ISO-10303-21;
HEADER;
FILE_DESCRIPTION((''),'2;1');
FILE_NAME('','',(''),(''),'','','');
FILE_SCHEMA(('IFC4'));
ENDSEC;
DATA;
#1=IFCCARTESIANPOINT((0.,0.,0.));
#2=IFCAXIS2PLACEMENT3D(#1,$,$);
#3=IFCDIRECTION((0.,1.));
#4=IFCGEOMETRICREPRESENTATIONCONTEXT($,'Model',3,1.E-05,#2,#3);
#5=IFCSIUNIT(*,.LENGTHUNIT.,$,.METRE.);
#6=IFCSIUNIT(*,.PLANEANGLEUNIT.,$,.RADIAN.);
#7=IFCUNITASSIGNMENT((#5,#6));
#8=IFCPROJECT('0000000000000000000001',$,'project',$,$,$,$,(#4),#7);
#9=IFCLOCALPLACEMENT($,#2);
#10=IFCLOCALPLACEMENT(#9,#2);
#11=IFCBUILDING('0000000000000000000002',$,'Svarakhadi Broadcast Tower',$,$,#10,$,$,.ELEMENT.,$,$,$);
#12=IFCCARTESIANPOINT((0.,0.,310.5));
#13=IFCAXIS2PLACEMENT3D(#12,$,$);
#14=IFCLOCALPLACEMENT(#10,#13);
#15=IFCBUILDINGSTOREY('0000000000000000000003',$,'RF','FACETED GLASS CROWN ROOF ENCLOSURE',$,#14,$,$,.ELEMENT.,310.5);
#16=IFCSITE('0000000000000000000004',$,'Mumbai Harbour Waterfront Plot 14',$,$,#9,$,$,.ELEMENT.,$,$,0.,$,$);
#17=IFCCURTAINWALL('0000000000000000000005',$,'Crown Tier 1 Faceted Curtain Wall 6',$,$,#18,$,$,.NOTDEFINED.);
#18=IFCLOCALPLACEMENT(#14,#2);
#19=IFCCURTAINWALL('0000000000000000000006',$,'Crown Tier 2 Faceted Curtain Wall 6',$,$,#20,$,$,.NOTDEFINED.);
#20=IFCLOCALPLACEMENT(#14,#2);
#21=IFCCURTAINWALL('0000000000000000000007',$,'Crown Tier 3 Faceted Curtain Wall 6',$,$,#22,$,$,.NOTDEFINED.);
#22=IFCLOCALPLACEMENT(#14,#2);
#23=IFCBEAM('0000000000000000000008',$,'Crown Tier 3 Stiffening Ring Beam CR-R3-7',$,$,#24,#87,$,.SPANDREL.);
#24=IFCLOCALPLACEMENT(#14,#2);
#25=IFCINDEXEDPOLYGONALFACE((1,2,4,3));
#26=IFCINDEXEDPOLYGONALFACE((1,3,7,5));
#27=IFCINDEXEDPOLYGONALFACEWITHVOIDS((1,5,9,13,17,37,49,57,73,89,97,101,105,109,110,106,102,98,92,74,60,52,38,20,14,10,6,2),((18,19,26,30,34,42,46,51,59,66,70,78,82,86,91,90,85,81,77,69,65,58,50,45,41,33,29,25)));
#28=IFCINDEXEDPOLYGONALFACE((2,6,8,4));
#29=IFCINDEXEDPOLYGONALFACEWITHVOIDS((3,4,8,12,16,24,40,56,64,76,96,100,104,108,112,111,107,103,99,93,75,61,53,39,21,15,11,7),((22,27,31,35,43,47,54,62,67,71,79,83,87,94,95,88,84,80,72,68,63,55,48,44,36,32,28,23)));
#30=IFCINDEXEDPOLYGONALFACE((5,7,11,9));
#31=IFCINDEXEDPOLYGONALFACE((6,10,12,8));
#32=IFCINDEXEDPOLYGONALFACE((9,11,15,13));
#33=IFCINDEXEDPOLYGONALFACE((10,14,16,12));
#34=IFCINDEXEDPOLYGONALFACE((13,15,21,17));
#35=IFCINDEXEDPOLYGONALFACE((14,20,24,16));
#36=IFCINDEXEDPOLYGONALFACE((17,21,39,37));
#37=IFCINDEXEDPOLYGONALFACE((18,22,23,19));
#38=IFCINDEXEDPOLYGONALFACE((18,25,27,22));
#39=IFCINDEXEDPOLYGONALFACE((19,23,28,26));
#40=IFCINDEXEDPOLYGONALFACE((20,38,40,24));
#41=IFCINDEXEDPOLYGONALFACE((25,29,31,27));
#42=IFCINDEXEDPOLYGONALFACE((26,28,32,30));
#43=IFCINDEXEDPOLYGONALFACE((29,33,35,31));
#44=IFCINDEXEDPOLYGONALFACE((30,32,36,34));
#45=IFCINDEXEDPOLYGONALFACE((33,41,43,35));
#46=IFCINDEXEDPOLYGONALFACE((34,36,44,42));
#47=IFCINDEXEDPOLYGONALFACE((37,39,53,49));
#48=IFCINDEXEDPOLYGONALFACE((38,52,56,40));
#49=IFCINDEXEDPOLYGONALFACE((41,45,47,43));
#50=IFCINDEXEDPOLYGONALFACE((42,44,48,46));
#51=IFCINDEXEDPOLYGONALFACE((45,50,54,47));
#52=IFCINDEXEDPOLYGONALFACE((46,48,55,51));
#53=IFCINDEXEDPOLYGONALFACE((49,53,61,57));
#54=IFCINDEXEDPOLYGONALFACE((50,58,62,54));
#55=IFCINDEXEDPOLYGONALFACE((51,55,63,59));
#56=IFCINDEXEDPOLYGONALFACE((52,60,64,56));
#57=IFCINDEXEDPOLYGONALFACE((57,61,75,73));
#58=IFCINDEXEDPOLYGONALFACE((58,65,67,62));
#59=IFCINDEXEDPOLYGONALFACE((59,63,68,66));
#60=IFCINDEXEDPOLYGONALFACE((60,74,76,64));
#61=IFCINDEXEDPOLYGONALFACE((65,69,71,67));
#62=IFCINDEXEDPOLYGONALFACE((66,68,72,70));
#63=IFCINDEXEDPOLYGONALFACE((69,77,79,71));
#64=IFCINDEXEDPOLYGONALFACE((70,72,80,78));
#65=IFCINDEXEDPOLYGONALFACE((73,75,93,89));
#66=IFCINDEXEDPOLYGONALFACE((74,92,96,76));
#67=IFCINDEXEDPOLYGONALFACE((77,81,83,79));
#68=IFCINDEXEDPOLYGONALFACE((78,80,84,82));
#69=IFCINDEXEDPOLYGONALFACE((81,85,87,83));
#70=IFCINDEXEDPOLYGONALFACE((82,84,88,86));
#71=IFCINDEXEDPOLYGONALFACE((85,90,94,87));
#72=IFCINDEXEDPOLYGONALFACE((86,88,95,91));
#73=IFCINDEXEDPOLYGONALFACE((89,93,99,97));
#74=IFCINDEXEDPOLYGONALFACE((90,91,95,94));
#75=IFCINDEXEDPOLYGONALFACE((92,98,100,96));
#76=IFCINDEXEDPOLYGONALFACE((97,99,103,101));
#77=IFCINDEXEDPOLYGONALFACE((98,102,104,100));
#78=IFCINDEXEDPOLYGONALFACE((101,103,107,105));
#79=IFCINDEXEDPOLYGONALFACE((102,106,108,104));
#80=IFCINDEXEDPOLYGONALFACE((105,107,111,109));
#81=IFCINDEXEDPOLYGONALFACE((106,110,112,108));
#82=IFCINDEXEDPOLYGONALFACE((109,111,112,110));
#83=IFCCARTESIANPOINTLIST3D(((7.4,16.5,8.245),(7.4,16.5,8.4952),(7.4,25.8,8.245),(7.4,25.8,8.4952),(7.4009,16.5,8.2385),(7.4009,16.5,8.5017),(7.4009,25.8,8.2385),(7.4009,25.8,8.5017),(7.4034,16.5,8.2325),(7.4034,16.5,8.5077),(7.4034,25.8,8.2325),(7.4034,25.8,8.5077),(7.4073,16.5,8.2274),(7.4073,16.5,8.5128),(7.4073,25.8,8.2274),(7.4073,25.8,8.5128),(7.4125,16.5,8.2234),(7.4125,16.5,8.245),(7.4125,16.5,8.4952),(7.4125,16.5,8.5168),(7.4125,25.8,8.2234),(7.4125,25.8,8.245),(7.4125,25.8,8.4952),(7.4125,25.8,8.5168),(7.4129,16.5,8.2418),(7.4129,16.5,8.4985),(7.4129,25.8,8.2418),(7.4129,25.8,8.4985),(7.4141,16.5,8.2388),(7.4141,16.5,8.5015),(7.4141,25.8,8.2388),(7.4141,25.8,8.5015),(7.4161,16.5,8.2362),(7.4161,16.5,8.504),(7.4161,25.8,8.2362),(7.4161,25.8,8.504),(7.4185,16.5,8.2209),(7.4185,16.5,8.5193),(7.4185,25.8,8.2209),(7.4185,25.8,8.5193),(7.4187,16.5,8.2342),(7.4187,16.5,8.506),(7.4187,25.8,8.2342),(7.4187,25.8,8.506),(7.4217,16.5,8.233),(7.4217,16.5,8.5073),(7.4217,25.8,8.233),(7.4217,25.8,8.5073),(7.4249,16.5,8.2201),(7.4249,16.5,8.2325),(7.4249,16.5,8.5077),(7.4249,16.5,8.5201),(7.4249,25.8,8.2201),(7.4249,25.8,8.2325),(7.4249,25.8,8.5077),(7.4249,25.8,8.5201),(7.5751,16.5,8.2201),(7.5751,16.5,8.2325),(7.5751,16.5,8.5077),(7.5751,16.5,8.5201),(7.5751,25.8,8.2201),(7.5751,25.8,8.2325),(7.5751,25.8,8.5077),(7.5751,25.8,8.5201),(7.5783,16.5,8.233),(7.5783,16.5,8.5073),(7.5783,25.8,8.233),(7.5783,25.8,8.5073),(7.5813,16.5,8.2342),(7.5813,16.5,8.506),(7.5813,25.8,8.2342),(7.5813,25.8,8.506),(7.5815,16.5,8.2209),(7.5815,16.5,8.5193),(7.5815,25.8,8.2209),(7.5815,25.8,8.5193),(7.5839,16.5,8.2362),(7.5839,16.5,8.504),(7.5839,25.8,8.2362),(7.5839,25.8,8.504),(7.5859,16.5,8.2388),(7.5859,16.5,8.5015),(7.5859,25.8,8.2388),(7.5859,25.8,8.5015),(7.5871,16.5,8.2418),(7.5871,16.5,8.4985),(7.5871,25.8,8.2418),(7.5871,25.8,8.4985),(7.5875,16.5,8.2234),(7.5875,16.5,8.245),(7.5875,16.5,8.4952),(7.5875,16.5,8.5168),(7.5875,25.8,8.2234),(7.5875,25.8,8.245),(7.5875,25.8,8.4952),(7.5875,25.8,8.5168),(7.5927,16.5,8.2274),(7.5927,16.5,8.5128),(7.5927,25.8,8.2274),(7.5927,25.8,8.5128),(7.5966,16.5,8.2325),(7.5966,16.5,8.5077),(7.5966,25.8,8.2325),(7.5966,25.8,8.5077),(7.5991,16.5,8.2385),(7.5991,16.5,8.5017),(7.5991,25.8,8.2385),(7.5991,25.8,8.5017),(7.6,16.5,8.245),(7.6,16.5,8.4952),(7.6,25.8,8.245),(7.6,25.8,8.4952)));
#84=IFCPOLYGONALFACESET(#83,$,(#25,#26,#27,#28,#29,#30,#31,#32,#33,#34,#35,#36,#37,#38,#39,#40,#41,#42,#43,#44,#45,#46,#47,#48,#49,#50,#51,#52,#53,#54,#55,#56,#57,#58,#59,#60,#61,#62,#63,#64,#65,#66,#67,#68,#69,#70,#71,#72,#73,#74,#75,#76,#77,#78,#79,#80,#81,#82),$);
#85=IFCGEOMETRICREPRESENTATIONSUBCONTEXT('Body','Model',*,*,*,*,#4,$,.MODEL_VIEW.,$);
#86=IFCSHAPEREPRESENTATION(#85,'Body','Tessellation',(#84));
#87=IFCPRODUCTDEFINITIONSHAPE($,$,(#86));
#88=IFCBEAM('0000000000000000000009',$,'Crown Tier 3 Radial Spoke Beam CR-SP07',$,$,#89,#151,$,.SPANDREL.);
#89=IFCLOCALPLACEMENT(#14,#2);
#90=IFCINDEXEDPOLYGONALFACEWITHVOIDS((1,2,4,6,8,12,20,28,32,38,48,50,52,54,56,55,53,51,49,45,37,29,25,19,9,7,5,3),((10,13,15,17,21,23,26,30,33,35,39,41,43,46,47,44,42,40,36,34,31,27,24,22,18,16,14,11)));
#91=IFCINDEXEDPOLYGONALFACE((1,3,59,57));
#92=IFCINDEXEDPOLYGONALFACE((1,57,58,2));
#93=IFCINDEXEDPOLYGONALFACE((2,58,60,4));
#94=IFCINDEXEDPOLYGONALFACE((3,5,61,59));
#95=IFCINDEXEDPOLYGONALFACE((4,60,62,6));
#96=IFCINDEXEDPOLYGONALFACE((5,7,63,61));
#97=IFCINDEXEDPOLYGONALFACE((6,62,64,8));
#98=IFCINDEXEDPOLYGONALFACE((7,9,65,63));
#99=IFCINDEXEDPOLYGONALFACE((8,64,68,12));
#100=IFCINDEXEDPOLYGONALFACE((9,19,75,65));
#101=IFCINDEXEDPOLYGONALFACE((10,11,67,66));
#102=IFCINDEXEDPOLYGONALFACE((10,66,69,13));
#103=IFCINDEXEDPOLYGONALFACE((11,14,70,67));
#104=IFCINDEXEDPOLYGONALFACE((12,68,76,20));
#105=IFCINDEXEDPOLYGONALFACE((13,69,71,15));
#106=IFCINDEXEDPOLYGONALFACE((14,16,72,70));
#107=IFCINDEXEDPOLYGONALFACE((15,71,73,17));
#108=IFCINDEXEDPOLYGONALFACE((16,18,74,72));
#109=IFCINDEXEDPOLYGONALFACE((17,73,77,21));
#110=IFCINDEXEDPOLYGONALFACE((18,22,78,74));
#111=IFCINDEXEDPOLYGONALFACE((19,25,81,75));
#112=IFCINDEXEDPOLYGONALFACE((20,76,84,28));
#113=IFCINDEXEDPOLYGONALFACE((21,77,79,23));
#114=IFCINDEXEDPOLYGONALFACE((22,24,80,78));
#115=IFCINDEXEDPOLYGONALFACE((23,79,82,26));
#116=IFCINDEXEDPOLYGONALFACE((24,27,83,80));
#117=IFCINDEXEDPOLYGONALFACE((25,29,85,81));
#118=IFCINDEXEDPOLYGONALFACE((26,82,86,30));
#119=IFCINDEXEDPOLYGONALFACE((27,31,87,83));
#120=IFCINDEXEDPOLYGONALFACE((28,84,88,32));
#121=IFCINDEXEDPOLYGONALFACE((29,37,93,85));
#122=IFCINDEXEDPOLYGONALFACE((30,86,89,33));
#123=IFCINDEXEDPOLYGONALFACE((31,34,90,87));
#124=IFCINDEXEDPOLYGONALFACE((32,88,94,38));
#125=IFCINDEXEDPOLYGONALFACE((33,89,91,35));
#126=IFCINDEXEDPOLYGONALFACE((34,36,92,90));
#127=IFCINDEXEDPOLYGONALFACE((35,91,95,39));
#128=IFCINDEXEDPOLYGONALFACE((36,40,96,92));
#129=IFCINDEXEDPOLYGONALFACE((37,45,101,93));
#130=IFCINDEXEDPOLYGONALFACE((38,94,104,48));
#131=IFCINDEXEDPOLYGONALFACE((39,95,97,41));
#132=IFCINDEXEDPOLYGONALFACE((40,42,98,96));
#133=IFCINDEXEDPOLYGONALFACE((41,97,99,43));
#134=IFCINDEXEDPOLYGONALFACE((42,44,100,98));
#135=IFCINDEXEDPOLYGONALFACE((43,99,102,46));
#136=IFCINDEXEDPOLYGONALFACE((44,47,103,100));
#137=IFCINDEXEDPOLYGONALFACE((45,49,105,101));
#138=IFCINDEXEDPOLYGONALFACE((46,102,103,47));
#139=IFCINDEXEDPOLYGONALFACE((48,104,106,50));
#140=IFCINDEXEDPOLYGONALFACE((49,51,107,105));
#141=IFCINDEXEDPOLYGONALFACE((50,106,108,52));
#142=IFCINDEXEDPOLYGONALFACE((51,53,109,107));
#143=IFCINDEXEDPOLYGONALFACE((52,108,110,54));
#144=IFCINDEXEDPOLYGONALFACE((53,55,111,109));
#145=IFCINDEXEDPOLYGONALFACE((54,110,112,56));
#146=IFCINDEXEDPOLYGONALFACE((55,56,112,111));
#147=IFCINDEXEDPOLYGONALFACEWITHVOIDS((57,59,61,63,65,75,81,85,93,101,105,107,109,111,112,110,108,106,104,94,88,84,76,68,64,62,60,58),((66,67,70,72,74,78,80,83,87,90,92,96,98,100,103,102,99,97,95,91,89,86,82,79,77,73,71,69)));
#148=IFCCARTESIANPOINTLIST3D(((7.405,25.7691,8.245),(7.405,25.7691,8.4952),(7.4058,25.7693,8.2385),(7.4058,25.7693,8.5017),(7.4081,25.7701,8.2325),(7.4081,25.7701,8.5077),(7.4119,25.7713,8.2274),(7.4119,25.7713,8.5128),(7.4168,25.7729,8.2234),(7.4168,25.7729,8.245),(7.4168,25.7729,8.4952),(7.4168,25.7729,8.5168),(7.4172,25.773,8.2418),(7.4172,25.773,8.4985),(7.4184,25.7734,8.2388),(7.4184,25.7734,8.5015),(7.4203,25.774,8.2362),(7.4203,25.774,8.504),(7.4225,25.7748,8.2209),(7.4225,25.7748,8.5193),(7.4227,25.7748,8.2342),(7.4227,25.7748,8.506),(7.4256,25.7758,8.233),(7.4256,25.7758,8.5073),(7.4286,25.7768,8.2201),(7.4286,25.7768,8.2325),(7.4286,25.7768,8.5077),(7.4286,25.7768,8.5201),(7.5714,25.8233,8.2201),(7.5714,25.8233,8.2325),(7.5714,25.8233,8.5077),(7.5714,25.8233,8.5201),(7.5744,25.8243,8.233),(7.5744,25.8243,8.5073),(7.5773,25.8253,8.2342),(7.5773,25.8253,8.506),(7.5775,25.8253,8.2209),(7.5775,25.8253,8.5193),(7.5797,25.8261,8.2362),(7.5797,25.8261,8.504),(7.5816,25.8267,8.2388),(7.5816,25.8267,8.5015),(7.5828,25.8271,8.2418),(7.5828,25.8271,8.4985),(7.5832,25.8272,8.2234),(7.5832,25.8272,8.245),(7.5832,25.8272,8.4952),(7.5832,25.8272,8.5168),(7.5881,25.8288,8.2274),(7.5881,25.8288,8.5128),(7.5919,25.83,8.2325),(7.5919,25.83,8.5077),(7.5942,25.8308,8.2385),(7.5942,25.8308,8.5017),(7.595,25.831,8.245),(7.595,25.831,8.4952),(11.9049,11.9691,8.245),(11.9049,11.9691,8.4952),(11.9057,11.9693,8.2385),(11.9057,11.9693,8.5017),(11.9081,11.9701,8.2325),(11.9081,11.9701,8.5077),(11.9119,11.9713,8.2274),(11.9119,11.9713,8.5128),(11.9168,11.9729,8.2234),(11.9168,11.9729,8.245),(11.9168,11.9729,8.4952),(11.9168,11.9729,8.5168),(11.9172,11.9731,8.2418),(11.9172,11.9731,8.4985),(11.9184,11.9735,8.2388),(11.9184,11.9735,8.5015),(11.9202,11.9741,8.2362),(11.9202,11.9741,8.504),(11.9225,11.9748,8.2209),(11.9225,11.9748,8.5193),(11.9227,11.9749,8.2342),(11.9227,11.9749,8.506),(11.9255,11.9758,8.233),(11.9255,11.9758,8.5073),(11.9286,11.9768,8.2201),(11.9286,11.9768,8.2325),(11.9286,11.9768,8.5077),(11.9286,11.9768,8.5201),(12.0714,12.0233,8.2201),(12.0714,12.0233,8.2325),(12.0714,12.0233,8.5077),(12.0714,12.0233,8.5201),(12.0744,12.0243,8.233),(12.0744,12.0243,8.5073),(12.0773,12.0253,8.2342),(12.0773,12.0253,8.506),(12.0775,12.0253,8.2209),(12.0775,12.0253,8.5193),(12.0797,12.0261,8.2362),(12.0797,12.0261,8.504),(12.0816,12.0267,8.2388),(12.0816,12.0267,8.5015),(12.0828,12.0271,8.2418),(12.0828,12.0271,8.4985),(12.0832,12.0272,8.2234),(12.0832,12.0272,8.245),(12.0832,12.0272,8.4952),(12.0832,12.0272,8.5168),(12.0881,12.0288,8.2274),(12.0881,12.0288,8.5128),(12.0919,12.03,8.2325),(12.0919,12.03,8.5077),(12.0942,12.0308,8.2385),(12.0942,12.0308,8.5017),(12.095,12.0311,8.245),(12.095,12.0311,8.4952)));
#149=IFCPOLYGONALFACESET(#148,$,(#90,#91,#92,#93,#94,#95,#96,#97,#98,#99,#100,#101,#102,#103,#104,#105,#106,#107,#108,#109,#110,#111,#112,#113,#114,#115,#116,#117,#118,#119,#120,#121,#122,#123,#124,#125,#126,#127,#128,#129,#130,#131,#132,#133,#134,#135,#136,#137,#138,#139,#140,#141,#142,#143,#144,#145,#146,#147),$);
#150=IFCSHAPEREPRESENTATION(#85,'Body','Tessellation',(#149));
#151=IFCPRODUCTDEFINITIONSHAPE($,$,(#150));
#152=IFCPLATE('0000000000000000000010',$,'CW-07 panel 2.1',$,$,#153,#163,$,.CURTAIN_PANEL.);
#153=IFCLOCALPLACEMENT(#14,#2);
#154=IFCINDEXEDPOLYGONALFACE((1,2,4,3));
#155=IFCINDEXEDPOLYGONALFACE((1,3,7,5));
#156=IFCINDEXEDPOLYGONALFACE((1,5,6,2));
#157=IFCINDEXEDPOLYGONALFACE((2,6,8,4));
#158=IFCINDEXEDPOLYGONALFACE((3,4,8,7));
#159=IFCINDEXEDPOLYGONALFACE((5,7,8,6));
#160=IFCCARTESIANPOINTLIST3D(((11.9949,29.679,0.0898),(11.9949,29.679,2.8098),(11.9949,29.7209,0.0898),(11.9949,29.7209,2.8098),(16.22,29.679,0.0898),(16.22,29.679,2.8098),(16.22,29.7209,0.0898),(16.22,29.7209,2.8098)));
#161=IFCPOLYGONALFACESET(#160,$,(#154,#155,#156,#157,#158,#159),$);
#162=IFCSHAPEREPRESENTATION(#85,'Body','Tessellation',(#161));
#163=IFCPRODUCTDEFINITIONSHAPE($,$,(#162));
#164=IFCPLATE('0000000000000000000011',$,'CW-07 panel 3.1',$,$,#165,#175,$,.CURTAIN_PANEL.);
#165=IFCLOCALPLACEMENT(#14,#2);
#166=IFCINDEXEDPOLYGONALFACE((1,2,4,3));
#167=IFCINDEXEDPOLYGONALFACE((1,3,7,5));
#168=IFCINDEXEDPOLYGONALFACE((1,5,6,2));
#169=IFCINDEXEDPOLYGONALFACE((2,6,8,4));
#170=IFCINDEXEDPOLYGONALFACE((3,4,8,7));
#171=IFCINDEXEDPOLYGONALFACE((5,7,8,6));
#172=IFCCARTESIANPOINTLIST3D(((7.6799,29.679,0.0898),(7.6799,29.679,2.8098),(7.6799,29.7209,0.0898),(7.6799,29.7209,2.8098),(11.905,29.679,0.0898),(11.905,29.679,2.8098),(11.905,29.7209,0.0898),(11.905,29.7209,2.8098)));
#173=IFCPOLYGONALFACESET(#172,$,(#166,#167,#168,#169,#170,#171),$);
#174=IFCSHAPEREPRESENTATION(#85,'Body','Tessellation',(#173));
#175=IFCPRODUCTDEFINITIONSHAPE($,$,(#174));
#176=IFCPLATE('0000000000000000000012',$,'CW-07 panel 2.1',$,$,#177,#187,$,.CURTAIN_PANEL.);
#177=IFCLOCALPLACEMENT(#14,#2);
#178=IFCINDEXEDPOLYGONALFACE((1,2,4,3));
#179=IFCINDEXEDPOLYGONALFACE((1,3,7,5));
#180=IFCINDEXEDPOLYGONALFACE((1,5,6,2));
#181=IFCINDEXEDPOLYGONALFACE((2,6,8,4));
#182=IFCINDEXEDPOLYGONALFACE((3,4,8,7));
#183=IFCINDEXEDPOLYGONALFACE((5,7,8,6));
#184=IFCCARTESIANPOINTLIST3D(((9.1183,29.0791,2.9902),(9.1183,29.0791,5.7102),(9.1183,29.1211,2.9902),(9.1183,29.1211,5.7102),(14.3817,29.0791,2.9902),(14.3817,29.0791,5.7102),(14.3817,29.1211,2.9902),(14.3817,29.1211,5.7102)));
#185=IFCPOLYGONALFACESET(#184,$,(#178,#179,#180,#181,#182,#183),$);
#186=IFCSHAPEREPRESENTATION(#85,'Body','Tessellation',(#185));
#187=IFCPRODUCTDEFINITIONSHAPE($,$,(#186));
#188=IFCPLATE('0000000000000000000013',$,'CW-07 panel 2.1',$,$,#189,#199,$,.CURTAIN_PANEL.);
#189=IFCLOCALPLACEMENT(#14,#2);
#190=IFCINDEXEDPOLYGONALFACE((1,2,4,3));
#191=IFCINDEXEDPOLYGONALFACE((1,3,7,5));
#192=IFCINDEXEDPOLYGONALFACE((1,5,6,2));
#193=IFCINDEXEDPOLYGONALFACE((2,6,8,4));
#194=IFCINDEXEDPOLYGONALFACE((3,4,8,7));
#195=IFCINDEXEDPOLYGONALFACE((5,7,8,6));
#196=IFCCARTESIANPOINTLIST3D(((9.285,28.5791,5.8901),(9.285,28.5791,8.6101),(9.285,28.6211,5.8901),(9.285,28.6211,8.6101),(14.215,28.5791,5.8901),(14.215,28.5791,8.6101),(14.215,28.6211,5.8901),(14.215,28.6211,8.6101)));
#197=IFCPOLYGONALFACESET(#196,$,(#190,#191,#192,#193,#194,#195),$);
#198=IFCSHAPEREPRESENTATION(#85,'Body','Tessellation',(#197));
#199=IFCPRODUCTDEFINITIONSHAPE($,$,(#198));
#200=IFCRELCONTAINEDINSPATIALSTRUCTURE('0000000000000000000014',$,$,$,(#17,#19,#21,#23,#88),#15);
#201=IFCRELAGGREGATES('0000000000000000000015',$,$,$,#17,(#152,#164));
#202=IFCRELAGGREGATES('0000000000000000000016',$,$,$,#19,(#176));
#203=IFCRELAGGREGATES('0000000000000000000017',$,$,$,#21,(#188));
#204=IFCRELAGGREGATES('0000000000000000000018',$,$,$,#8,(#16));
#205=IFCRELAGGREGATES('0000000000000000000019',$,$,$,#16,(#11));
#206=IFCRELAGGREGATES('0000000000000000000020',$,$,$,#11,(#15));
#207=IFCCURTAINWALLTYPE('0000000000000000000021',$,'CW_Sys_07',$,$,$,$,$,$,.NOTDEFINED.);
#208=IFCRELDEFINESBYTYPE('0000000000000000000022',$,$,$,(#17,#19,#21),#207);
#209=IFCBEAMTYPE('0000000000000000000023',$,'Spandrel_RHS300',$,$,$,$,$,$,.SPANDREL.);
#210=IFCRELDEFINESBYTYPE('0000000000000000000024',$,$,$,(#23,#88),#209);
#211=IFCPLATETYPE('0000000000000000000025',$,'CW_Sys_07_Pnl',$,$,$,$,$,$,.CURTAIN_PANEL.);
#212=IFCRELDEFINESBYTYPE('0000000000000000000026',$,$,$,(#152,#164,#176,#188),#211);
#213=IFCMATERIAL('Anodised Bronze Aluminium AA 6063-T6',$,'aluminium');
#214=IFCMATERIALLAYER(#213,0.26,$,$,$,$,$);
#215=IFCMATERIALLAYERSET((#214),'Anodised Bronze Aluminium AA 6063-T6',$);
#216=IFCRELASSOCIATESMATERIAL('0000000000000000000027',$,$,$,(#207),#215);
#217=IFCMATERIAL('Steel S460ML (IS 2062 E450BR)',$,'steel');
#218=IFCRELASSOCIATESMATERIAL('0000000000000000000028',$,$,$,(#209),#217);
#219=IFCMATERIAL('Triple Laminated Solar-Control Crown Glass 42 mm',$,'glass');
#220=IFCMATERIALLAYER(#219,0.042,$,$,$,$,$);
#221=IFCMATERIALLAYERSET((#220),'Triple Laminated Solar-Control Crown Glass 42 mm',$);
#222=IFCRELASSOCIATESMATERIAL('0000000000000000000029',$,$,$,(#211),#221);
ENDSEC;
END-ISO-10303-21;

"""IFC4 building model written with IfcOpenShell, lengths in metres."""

from ifc_helpers import new_model, si_unit, direction, frame, origin, origin_2d, place, context, subcontext, project, spatial, rectangle, hollow_rectangle, extrude, material, layer, layer_set, material_profile, profile_set, type_object, element, aggregate, save


model = new_model("IFC4")

# Units and contexts
model_context = context("Model", 3, precision=1e-05, world=origin(), true_north=direction((0.0, 1.0)))
body_context = subcontext(model_context, "Body", "Model", "MODEL_VIEW")
ifc_project = project(units=[si_unit("LENGTHUNIT", "METRE"), si_unit("PLANEANGLEUNIT", "RADIAN")], contexts=[model_context])

# Site, building, storey
site_placement = place(None, origin())
site = spatial("IfcSite", under=ifc_project, at=site_placement, Name="Mumbai Harbour Waterfront Plot 14", CompositionType="ELEMENT", RefElevation=0.0)
building_placement = place(site_placement, origin())
building = spatial("IfcBuilding", under=site, at=building_placement, Name="Svarakhadi Broadcast Tower", CompositionType="ELEMENT")
storey_placement = place(building_placement, frame((0.0, 0.0, 310.5)))
storey = spatial("IfcBuildingStorey", under=building, at=storey_placement, Name="RF", Description="FACETED GLASS CROWN ROOF ENCLOSURE", CompositionType="ELEMENT", Elevation=310.5)

# Curtain wall
ifc_material_1 = material(Name="Anodised Bronze Aluminium AA 6063-T6", Category="aluminium")
ifc_layer_1 = layer(ifc_material_1, 0.26)
ifc_layer_set_1 = layer_set([ifc_layer_1], Name="Anodised Bronze Aluminium AA 6063-T6")
curtain_wall_type = type_object("IfcCurtainWallType", Name="CW_Sys_07", PredefinedType="NOTDEFINED", material=ifc_layer_set_1)
curtain_wall_1_placement = place(storey_placement, origin())
curtain_wall_1 = element("IfcCurtainWall", 1, at=curtain_wall_1_placement, inside=storey, type_object=curtain_wall_type, Name="Crown Tier 1 Faceted Curtain Wall 6", PredefinedType="NOTDEFINED")

# Curtain wall
curtain_wall_2_placement = place(storey_placement, origin())
curtain_wall_2 = element("IfcCurtainWall", 2, at=curtain_wall_2_placement, inside=storey, type_object=curtain_wall_type, Name="Crown Tier 2 Faceted Curtain Wall 6", PredefinedType="NOTDEFINED")

# Curtain wall
curtain_wall_3_placement = place(storey_placement, origin())
curtain_wall_3 = element("IfcCurtainWall", 3, at=curtain_wall_3_placement, inside=storey, type_object=curtain_wall_type, Name="Crown Tier 3 Faceted Curtain Wall 6", PredefinedType="NOTDEFINED")

# Shared definitions
ifc_material_2 = material(Name="Steel S460ML (IS 2062 E450BR)", Category="steel")

# Beams
ifc_material_profile_1 = material_profile(ifc_material_2, hollow_rectangle(XDim=0.2, YDim=0.3, WallThickness=0.0125, InnerFilletRadius=0.0125, OuterFilletRadius=0.0249, at=origin_2d()), Name="RHS 300x200x12.5")
ifc_profile_set_1 = profile_set([ifc_material_profile_1], Name="Steel S460ML (IS 2062 E450BR)")
beam_type_1 = type_object("IfcBeamType", Name="Spandrel_RHS300", PredefinedType="SPANDREL", material=ifc_profile_set_1)
beam_1_placement = place(storey_placement, frame((7.5, 25.8, 8.3701), z_axis=(0.0, -1.0, 0.0), x_axis=(1.0, 0.0, 0.0)))
element("IfcBeam", 4, at=beam_1_placement, inside=storey, type_object=beam_type_1, Name="Crown Tier 3 Stiffening Ring Beam CR-R3-7", PredefinedType="SPANDREL", context=body_context, shape_type="SweptSolid", body=[
    extrude(hollow_rectangle(XDim=0.2, YDim=0.3, WallThickness=0.0125, InnerFilletRadius=0.0125, OuterFilletRadius=0.0249, at=origin_2d()), origin(), (0.0, 0.0, 1.0), 9.3),
])
beam_2_placement = place(storey_placement, frame((7.5, 25.8, 8.3701), z_axis=(0.31002, -0.95073, 0.0), x_axis=(0.95073, 0.31002, 0.0)))
element("IfcBeam", 5, at=beam_2_placement, inside=storey, type_object=beam_type_1, Name="Crown Tier 3 Radial Spoke Beam CR-SP07", PredefinedType="SPANDREL", context=body_context, shape_type="SweptSolid", body=[
    extrude(hollow_rectangle(XDim=0.2, YDim=0.3, WallThickness=0.0125, InnerFilletRadius=0.0125, OuterFilletRadius=0.0249, at=origin_2d()), origin(), (0.0, 0.0, 1.0), 14.5151),
])

# Plates
ifc_material_3 = material(Name="Triple Laminated Solar-Control Crown Glass 42 mm", Category="glass")
ifc_layer_2 = layer(ifc_material_3, 0.042)
ifc_layer_set_2 = layer_set([ifc_layer_2], Name="Triple Laminated Solar-Control Crown Glass 42 mm")
plate_type_1 = type_object("IfcPlateType", Name="CW_Sys_07_Pnl", PredefinedType="CURTAIN_PANEL", material=ifc_layer_set_2)
plate_1_placement = place(storey_placement, frame((14.1074, 29.7, 0.0898), z_axis=(0.0, 0.0, 1.0), x_axis=(-1.0, 0.0, 0.0)))
plate_1 = element("IfcPlate", 6, at=plate_1_placement, type_object=plate_type_1, Name="CW-07 panel 2.1", PredefinedType="CURTAIN_PANEL", context=body_context, shape_type="SweptSolid", body=[
    extrude(rectangle(XDim=4.2251, YDim=0.042, at=origin_2d()), origin(), (0.0, 0.0, 1.0), 2.72),
])
plate_2_placement = place(storey_placement, frame((9.7925, 29.7, 0.0898), z_axis=(0.0, 0.0, 1.0), x_axis=(-1.0, 0.0, 0.0)))
plate_2 = element("IfcPlate", 7, at=plate_2_placement, type_object=plate_type_1, Name="CW-07 panel 3.1", PredefinedType="CURTAIN_PANEL", context=body_context, shape_type="SweptSolid", body=[
    extrude(rectangle(XDim=4.2251, YDim=0.042, at=origin_2d()), origin(), (0.0, 0.0, 1.0), 2.72),
])
aggregate(curtain_wall_1, [plate_1, plate_2])
plate_3_placement = place(storey_placement, frame((11.75, 29.1001, 2.9902), z_axis=(0.0, 0.0, 1.0), x_axis=(-1.0, 0.0, 0.0)))
plate_3 = element("IfcPlate", 8, at=plate_3_placement, type_object=plate_type_1, Name="CW-07 panel 2.1", PredefinedType="CURTAIN_PANEL", context=body_context, shape_type="SweptSolid", body=[
    extrude(rectangle(XDim=5.2634, YDim=0.042, at=origin_2d()), origin(), (0.0, 0.0, 1.0), 2.72),
])
aggregate(curtain_wall_2, [plate_3])
plate_4_placement = place(storey_placement, frame((11.75, 28.6001, 5.8901), z_axis=(0.0, 0.0, 1.0), x_axis=(-1.0, 0.0, 0.0)))
plate_4 = element("IfcPlate", 9, at=plate_4_placement, type_object=plate_type_1, Name="CW-07 panel 2.1", PredefinedType="CURTAIN_PANEL", context=body_context, shape_type="SweptSolid", body=[
    extrude(rectangle(XDim=4.9299, YDim=0.042, at=origin_2d()), origin(), (0.0, 0.0, 1.0), 2.72),
])
aggregate(curtain_wall_3, [plate_4])

save(model, "model.ifc")
